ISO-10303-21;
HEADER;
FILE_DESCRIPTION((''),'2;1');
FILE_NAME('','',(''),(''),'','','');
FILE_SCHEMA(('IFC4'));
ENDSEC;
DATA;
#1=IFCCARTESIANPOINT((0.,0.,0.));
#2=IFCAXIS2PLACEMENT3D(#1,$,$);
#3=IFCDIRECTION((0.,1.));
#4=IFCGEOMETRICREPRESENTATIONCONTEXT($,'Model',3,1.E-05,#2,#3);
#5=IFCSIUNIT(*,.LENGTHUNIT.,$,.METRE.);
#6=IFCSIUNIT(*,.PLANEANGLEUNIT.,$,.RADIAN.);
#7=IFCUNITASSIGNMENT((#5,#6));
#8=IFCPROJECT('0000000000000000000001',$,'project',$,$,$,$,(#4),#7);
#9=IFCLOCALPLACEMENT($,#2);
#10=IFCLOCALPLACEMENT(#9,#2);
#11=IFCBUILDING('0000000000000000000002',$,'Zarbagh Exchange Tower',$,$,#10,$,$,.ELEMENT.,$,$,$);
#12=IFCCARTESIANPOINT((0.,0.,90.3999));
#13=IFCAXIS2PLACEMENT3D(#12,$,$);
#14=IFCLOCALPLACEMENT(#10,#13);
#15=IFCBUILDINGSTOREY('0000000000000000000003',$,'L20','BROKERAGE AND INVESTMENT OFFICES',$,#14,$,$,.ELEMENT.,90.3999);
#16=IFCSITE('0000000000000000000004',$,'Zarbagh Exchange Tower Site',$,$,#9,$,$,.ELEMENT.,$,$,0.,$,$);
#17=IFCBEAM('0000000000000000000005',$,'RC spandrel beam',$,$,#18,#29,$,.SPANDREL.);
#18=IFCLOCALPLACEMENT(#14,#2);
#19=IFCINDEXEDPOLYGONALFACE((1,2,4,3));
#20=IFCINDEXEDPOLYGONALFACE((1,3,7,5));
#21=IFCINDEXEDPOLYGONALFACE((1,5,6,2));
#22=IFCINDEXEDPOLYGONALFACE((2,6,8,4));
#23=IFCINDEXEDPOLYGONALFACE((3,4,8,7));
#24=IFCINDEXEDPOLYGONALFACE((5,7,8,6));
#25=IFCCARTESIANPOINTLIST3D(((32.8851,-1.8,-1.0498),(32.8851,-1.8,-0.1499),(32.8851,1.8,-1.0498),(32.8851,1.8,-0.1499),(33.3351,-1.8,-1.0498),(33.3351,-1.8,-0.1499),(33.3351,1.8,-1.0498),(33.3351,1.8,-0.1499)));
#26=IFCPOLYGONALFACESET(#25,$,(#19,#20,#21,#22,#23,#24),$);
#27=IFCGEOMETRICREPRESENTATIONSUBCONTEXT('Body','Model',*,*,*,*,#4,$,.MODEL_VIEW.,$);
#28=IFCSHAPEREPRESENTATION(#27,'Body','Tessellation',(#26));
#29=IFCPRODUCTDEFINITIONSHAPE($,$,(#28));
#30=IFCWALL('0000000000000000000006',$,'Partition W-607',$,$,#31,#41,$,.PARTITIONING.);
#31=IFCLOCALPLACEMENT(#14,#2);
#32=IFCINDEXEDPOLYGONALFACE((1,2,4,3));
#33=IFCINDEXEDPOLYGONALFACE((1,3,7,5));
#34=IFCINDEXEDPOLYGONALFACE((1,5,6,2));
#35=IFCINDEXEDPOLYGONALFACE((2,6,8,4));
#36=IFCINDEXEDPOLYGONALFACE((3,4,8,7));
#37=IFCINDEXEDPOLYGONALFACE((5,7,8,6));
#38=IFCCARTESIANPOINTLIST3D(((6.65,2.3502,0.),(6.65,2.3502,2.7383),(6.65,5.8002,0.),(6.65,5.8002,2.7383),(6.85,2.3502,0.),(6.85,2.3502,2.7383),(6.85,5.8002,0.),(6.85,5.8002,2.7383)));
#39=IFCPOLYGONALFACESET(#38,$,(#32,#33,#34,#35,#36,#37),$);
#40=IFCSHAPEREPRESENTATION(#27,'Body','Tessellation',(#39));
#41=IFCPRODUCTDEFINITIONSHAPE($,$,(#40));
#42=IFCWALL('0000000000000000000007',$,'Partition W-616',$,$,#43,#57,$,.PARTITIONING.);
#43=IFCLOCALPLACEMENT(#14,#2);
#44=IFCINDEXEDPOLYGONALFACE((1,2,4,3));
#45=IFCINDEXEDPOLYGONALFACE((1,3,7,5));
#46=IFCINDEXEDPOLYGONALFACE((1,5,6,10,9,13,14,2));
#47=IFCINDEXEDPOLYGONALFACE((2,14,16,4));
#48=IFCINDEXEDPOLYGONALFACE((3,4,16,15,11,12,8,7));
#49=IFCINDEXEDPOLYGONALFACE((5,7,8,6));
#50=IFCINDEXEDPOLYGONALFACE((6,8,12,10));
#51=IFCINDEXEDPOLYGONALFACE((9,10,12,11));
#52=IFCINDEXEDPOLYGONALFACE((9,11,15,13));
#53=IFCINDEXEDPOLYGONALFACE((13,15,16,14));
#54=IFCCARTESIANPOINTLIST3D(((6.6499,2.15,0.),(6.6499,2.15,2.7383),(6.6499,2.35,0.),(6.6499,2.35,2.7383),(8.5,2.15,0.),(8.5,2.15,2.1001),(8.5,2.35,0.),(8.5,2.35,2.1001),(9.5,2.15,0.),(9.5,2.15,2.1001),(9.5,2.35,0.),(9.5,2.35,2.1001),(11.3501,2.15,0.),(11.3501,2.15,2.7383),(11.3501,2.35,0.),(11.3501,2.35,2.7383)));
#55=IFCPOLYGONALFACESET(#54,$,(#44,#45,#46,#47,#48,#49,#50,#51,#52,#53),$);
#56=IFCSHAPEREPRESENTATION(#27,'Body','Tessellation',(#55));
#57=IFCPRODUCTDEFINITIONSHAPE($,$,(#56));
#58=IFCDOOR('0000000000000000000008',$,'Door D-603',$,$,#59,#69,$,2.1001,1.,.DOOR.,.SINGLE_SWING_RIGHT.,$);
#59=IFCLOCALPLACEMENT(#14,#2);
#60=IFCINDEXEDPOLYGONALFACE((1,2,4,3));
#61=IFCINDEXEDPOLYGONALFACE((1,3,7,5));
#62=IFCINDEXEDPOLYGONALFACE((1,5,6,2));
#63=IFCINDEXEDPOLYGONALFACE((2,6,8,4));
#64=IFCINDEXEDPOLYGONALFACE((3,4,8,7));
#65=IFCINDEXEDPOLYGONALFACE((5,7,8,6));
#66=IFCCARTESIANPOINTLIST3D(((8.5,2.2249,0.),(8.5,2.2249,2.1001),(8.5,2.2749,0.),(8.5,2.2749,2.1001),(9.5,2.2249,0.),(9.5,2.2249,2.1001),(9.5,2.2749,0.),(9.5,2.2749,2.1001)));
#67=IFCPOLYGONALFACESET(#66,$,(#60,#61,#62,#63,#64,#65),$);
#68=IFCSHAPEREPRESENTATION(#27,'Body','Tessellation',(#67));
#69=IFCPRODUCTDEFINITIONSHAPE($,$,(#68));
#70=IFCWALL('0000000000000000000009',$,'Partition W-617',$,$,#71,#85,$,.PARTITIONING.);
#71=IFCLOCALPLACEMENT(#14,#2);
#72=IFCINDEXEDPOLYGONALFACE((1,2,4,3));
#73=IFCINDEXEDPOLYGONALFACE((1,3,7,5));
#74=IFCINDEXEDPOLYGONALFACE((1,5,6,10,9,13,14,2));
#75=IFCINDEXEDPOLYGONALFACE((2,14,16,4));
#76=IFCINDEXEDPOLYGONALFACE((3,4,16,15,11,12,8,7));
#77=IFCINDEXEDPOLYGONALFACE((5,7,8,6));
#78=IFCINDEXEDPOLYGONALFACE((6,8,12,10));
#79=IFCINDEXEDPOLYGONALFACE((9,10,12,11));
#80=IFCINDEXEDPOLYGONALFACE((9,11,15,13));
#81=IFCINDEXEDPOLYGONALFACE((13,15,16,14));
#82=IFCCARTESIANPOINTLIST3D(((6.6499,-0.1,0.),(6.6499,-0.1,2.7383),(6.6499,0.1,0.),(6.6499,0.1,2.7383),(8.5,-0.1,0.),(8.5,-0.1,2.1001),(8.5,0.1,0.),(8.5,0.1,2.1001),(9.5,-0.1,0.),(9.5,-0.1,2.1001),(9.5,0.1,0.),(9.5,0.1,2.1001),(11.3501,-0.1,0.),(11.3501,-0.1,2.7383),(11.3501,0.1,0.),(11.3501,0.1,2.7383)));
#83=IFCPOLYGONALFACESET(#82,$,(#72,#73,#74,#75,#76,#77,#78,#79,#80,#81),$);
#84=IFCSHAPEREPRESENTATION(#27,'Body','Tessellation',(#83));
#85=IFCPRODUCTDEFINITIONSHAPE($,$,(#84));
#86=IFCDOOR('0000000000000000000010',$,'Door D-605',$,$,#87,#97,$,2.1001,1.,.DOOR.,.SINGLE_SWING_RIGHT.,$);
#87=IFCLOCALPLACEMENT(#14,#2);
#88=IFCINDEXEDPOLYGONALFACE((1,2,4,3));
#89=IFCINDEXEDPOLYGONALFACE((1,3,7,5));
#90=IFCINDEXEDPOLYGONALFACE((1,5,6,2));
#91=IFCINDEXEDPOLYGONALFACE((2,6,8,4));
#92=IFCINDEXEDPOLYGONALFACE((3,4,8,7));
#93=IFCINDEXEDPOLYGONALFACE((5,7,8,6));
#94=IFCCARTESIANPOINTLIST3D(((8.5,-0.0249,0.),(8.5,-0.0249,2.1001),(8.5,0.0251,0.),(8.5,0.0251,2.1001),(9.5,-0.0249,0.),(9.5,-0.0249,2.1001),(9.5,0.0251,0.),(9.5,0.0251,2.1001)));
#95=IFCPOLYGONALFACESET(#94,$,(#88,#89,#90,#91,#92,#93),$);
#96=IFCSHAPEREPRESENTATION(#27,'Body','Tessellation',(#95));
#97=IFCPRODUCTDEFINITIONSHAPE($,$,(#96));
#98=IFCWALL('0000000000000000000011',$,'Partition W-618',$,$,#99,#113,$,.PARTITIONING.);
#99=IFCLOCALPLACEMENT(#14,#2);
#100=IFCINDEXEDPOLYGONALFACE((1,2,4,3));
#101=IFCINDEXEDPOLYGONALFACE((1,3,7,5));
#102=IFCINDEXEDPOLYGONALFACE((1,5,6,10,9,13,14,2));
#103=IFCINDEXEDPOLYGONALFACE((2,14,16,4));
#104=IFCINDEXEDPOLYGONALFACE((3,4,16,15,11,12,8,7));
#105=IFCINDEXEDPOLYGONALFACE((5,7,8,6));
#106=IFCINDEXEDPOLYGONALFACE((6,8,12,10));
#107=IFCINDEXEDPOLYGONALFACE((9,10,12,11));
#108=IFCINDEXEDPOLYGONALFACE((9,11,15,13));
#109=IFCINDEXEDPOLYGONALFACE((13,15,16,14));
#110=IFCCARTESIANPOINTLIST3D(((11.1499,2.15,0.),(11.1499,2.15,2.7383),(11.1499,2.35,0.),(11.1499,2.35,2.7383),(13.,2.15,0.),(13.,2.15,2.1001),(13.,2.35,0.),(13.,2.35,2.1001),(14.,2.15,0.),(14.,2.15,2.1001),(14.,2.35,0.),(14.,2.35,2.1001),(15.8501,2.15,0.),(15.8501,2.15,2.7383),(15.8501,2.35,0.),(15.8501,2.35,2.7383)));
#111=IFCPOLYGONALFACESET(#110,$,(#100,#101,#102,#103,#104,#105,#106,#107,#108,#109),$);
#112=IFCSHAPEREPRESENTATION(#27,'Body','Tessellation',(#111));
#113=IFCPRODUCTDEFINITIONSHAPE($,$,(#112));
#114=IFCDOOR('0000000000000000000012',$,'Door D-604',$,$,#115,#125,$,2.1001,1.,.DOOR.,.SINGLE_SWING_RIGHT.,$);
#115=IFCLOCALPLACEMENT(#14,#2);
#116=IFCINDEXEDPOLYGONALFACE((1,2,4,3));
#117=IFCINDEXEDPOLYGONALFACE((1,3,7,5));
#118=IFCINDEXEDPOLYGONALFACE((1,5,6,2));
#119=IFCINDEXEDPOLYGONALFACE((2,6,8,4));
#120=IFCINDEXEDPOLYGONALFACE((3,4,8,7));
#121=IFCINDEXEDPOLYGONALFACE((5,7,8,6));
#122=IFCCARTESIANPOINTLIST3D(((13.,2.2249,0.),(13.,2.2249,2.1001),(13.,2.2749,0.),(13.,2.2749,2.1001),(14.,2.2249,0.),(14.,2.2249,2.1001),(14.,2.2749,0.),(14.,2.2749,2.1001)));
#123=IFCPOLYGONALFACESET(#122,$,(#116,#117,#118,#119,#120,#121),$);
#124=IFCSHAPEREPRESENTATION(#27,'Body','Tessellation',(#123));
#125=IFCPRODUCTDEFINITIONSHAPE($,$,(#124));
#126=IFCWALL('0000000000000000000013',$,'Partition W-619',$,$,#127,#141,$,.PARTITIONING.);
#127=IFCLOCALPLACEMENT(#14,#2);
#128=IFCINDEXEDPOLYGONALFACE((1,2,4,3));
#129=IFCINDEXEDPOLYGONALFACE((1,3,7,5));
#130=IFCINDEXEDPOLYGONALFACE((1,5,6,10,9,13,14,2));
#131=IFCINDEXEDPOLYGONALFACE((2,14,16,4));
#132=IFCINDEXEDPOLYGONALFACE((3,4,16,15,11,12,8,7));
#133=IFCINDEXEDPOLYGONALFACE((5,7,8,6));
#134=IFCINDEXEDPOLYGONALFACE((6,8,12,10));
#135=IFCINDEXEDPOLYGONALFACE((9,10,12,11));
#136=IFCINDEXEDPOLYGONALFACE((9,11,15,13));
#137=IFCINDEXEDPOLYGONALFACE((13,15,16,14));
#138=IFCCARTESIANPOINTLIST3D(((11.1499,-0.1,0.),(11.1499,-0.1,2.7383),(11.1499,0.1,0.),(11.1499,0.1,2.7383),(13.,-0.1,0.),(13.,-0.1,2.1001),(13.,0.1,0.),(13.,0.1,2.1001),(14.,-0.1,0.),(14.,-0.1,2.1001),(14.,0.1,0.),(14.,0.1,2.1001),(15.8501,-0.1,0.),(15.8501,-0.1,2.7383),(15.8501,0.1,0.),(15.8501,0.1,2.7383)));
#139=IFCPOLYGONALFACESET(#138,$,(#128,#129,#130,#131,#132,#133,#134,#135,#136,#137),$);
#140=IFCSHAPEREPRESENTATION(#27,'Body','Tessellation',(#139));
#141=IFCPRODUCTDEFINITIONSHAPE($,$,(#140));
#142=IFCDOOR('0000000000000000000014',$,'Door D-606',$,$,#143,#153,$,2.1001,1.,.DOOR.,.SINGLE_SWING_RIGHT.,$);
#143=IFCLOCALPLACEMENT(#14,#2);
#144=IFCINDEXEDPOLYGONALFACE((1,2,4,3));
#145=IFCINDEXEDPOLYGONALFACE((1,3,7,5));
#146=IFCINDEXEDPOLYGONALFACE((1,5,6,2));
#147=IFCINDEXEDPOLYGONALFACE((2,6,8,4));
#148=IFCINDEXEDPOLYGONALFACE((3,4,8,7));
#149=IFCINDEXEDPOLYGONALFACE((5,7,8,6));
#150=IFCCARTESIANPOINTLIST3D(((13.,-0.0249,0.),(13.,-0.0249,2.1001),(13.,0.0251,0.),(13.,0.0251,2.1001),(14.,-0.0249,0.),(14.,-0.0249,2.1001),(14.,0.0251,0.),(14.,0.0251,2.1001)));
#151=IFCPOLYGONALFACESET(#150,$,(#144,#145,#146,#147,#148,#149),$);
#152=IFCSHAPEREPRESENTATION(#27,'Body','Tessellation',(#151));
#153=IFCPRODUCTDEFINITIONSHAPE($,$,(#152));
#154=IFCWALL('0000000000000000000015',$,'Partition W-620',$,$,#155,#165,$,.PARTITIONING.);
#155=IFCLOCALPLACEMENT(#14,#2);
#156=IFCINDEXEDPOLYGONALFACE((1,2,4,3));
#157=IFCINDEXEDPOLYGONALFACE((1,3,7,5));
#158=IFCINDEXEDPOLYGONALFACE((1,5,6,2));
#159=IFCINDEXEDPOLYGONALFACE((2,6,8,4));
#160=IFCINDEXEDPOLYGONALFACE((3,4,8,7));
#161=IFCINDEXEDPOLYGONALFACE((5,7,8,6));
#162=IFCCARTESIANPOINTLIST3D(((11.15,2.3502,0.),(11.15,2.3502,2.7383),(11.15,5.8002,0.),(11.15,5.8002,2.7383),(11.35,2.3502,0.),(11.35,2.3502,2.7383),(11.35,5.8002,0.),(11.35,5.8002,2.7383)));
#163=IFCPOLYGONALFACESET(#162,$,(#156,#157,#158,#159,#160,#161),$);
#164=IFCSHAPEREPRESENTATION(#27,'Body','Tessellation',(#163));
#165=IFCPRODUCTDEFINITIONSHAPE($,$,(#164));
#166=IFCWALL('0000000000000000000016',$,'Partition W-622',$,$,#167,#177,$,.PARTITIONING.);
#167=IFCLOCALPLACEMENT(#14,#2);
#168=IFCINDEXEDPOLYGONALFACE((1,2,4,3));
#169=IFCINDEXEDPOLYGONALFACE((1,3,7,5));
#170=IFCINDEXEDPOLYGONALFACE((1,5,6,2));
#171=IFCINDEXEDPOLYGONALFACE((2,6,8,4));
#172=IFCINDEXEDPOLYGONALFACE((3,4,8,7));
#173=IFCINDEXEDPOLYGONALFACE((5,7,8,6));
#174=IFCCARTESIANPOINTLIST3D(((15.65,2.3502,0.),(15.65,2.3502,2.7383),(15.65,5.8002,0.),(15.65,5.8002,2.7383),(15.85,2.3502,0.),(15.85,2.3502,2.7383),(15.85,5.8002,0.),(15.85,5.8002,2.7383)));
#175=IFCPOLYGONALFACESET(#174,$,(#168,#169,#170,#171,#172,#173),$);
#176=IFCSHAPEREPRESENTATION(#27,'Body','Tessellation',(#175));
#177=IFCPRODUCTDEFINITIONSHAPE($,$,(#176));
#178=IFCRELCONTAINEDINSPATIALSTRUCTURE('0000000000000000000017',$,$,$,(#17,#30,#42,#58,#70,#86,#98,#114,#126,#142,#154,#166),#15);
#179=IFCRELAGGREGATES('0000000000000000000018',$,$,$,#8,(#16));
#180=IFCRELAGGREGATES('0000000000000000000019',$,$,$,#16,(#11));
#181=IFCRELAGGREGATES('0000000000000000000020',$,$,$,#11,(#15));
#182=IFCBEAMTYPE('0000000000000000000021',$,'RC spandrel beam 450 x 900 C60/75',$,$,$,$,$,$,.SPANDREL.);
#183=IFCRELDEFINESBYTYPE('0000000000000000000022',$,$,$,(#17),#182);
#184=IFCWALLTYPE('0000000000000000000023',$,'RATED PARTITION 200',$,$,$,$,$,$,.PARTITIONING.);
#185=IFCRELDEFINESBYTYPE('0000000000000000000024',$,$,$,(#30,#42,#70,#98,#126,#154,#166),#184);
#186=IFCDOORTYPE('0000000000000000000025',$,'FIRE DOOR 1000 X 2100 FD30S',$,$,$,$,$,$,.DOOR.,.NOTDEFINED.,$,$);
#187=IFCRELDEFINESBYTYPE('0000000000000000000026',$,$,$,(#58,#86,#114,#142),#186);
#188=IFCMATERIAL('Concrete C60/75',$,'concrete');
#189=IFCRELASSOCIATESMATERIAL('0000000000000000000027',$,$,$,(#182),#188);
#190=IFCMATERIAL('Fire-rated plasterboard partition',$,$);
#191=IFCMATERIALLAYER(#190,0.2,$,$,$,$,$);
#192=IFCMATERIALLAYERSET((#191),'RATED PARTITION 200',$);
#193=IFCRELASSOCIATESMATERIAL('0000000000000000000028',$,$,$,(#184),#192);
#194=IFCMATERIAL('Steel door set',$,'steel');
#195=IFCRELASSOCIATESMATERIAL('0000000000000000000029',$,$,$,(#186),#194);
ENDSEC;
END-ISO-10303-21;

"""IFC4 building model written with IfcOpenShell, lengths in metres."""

from ifc_helpers import new_model, si_unit, direction, frame, frame_2d, origin, origin_2d, place, context, subcontext, project, spatial, rectangle, extrude, material, layer, layer_set, material_profile, profile_set, type_object, element, fill, save


model = new_model("IFC4")

# Units and contexts
model_context = context("Model", 3, precision=1e-05, world=origin(), true_north=direction((0.0, 1.0)))
body_context = subcontext(model_context, "Body", "Model", "MODEL_VIEW")
ifc_project = project(units=[si_unit("LENGTHUNIT", "METRE"), si_unit("PLANEANGLEUNIT", "RADIAN")], contexts=[model_context])

# Site, building, storey
site_placement = place(None, origin())
site = spatial("IfcSite", under=ifc_project, at=site_placement, Name="Zarbagh Exchange Tower Site", CompositionType="ELEMENT", RefElevation=0.0)
building_placement = place(site_placement, origin())
building = spatial("IfcBuilding", under=site, at=building_placement, Name="Zarbagh Exchange Tower", CompositionType="ELEMENT")
storey_placement = place(building_placement, frame((0.0, 0.0, 90.3999)))
storey = spatial("IfcBuildingStorey", under=building, at=storey_placement, Name="L20", Description="BROKERAGE AND INVESTMENT OFFICES", CompositionType="ELEMENT", Elevation=90.3999)

# Shared definitions
ifc_material_1 = material(Name="Concrete C60/75", Category="concrete")

# Beam
ifc_material_profile_1 = material_profile(ifc_material_1, rectangle(XDim=0.45, YDim=0.8999, at=origin_2d()), Name="RC spandrel beam 450 x 900 C60/75")
ifc_profile_set_1 = profile_set([ifc_material_profile_1], Name="Concrete C60/75")
beam_type_1 = type_object("IfcBeamType", Name="RC spandrel beam 450 x 900 C60/75", PredefinedType="SPANDREL", material=ifc_profile_set_1)
beam_1_placement = place(storey_placement, frame((33.1101, 1.8, -0.5999), z_axis=(0.0, -1.0, 0.0), x_axis=(1.0, 0.0, 0.0)))
element("IfcBeam", 1, at=beam_1_placement, inside=storey, type_object=beam_type_1, Name="RC spandrel beam", PredefinedType="SPANDREL", context=body_context, shape_type="SweptSolid", body=[
    extrude(rectangle(XDim=0.45, YDim=0.8999, at=origin_2d()), origin(), (0.0, 0.0, 1.0), 3.6001),
])

# Wall
ifc_material_2 = material(Name="Fire-rated plasterboard partition")
ifc_layer = layer(ifc_material_2, 0.2)
ifc_layer_set = layer_set([ifc_layer], Name="RATED PARTITION 200")
wall_type = type_object("IfcWallType", Name="RATED PARTITION 200", PredefinedType="PARTITIONING", material=ifc_layer_set)
wall_1_placement = place(storey_placement, frame((6.75, 2.3501, 0.0), z_axis=(0.0, 0.0, 1.0), x_axis=(0.0, 1.0, 0.0)))
element("IfcWall", 2, at=wall_1_placement, inside=storey, type_object=wall_type, Name="Partition W-607", PredefinedType="PARTITIONING", context=body_context, shape_type="SweptSolid", body=[
    extrude(rectangle(XDim=3.45, YDim=0.2, at=frame_2d((1.7251, 0.0))), origin(), (0.0, 0.0, 1.0), 2.7383),
])

# Walls, openings, doors
wall_2_placement = place(storey_placement, frame((6.6499, 2.25, 0.0), z_axis=(0.0, 0.0, 1.0), x_axis=(1.0, 0.0, 0.0)))
wall_2 = element("IfcWall", 3, at=wall_2_placement, inside=storey, type_object=wall_type, Name="Partition W-616", PredefinedType="PARTITIONING", context=body_context, shape_type="SweptSolid", body=[
    extrude(rectangle(XDim=4.7002, YDim=0.2, at=frame_2d((2.3501, 0.0))), origin(), (0.0, 0.0, 1.0), 2.7383),
])
opening_1_placement = place(wall_2_placement, frame((1.8501, 0.0, 0.0)))
opening_1 = element("IfcOpeningElement", 4, at=opening_1_placement, cuts=wall_2, PredefinedType="OPENING", context=body_context, shape_type="SweptSolid", body=[
    extrude(rectangle(XDim=1.0, YDim=2.1001, at=frame_2d((0.5, 1.05))), frame((0.0, 0.1099, 0.0), z_axis=(0.0, -1.0, 0.0), x_axis=(1.0, 0.0, 0.0)), (0.0, 0.0, 1.0), 0.22),
])
ifc_material_3 = material(Name="Steel door set", Category="steel")
door_type = type_object("IfcDoorType", Name="FIRE DOOR 1000 X 2100 FD30S", OperationType="NOTDEFINED", PredefinedType="DOOR", material=ifc_material_3)
door_1_placement = place(opening_1_placement, origin())
door_1 = element("IfcDoor", 5, at=door_1_placement, inside=storey, type_object=door_type, Name="Door D-603", OperationType="SINGLE_SWING_RIGHT", OverallHeight=2.1001, OverallWidth=1.0, PredefinedType="DOOR", context=body_context, shape_type="SweptSolid", body=[
    extrude(rectangle(XDim=1.0, YDim=2.1001, at=frame_2d((0.5, 1.05))), frame((0.0, 0.0249, 0.0), z_axis=(0.0, -1.0, 0.0), x_axis=(1.0, 0.0, 0.0)), (0.0, 0.0, 1.0), 0.05),
])
fill(opening_1, door_1)
wall_3_placement = place(storey_placement, frame((11.3501, 0.0, 0.0), z_axis=(0.0, 0.0, 1.0), x_axis=(-1.0, 0.0, 0.0)))
wall_3 = element("IfcWall", 6, at=wall_3_placement, inside=storey, type_object=wall_type, Name="Partition W-617", PredefinedType="PARTITIONING", context=body_context, shape_type="SweptSolid", body=[
    extrude(rectangle(XDim=4.7002, YDim=0.2, at=frame_2d((2.3501, 0.0))), origin(), (0.0, 0.0, 1.0), 2.7383),
])
opening_2_placement = place(wall_3_placement, frame((1.8501, 0.0, 0.0)))
opening_2 = element("IfcOpeningElement", 7, at=opening_2_placement, cuts=wall_3, PredefinedType="OPENING", context=body_context, shape_type="SweptSolid", body=[
    extrude(rectangle(XDim=1.0, YDim=2.1001, at=frame_2d((0.5, 1.05))), frame((0.0, 0.1099, 0.0), z_axis=(0.0, -1.0, 0.0), x_axis=(1.0, 0.0, 0.0)), (0.0, 0.0, 1.0), 0.22),
])
door_2_placement = place(opening_2_placement, origin())
door_2 = element("IfcDoor", 8, at=door_2_placement, inside=storey, type_object=door_type, Name="Door D-605", OperationType="SINGLE_SWING_RIGHT", OverallHeight=2.1001, OverallWidth=1.0, PredefinedType="DOOR", context=body_context, shape_type="SweptSolid", body=[
    extrude(rectangle(XDim=1.0, YDim=2.1001, at=frame_2d((0.5, 1.05))), frame((0.0, 0.0249, 0.0), z_axis=(0.0, -1.0, 0.0), x_axis=(1.0, 0.0, 0.0)), (0.0, 0.0, 1.0), 0.05),
])
fill(opening_2, door_2)
wall_4_placement = place(storey_placement, frame((11.1499, 2.25, 0.0), z_axis=(0.0, 0.0, 1.0), x_axis=(1.0, 0.0, 0.0)))
wall_4 = element("IfcWall", 9, at=wall_4_placement, inside=storey, type_object=wall_type, Name="Partition W-618", PredefinedType="PARTITIONING", context=body_context, shape_type="SweptSolid", body=[
    extrude(rectangle(XDim=4.7002, YDim=0.2, at=frame_2d((2.3501, 0.0))), origin(), (0.0, 0.0, 1.0), 2.7383),
])
opening_3_placement = place(wall_4_placement, frame((1.8501, 0.0, 0.0)))
opening_3 = element("IfcOpeningElement", 10, at=opening_3_placement, cuts=wall_4, PredefinedType="OPENING", context=body_context, shape_type="SweptSolid", body=[
    extrude(rectangle(XDim=1.0, YDim=2.1001, at=frame_2d((0.5, 1.05))), frame((0.0, 0.1099, 0.0), z_axis=(0.0, -1.0, 0.0), x_axis=(1.0, 0.0, 0.0)), (0.0, 0.0, 1.0), 0.22),
])
door_3_placement = place(opening_3_placement, origin())
door_3 = element("IfcDoor", 11, at=door_3_placement, inside=storey, type_object=door_type, Name="Door D-604", OperationType="SINGLE_SWING_RIGHT", OverallHeight=2.1001, OverallWidth=1.0, PredefinedType="DOOR", context=body_context, shape_type="SweptSolid", body=[
    extrude(rectangle(XDim=1.0, YDim=2.1001, at=frame_2d((0.5, 1.05))), frame((0.0, 0.0249, 0.0), z_axis=(0.0, -1.0, 0.0), x_axis=(1.0, 0.0, 0.0)), (0.0, 0.0, 1.0), 0.05),
])
fill(opening_3, door_3)
wall_5_placement = place(storey_placement, frame((15.8501, 0.0, 0.0), z_axis=(0.0, 0.0, 1.0), x_axis=(-1.0, 0.0, 0.0)))
wall_5 = element("IfcWall", 12, at=wall_5_placement, inside=storey, type_object=wall_type, Name="Partition W-619", PredefinedType="PARTITIONING", context=body_context, shape_type="SweptSolid", body=[
    extrude(rectangle(XDim=4.7002, YDim=0.2, at=frame_2d((2.3501, 0.0))), origin(), (0.0, 0.0, 1.0), 2.7383),
])
opening_4_placement = place(wall_5_placement, frame((1.8501, 0.0, 0.0)))
opening_4 = element("IfcOpeningElement", 13, at=opening_4_placement, cuts=wall_5, PredefinedType="OPENING", context=body_context, shape_type="SweptSolid", body=[
    extrude(rectangle(XDim=1.0, YDim=2.1001, at=frame_2d((0.5, 1.05))), frame((0.0, 0.1099, 0.0), z_axis=(0.0, -1.0, 0.0), x_axis=(1.0, 0.0, 0.0)), (0.0, 0.0, 1.0), 0.22),
])
door_4_placement = place(opening_4_placement, origin())
door_4 = element("IfcDoor", 14, at=door_4_placement, inside=storey, type_object=door_type, Name="Door D-606", OperationType="SINGLE_SWING_RIGHT", OverallHeight=2.1001, OverallWidth=1.0, PredefinedType="DOOR", context=body_context, shape_type="SweptSolid", body=[
    extrude(rectangle(XDim=1.0, YDim=2.1001, at=frame_2d((0.5, 1.05))), frame((0.0, 0.0249, 0.0), z_axis=(0.0, -1.0, 0.0), x_axis=(1.0, 0.0, 0.0)), (0.0, 0.0, 1.0), 0.05),
])
fill(opening_4, door_4)

# Walls
for number, where, z_axis, x_axis, name in (
    (15, (11.25, 2.3501, 0.0), (0.0, 0.0, 1.0), (0.0, 1.0, 0.0), "Partition W-620"),
    (16, (15.75, 2.3501, 0.0), (0.0, 0.0, 1.0), (0.0, 1.0, 0.0), "Partition W-622"),
):
    element("IfcWall", number, at=place(storey_placement, frame(where, z_axis=z_axis, x_axis=x_axis)), inside=storey, type_object=wall_type, Name=name, PredefinedType="PARTITIONING", context=body_context, shape_type="SweptSolid", body=[
        extrude(rectangle(XDim=3.45, YDim=0.2, at=frame_2d((1.7251, 0.0))), origin(), (0.0, 0.0, 1.0), 2.7383),
    ])

save(model, "model.ifc")
